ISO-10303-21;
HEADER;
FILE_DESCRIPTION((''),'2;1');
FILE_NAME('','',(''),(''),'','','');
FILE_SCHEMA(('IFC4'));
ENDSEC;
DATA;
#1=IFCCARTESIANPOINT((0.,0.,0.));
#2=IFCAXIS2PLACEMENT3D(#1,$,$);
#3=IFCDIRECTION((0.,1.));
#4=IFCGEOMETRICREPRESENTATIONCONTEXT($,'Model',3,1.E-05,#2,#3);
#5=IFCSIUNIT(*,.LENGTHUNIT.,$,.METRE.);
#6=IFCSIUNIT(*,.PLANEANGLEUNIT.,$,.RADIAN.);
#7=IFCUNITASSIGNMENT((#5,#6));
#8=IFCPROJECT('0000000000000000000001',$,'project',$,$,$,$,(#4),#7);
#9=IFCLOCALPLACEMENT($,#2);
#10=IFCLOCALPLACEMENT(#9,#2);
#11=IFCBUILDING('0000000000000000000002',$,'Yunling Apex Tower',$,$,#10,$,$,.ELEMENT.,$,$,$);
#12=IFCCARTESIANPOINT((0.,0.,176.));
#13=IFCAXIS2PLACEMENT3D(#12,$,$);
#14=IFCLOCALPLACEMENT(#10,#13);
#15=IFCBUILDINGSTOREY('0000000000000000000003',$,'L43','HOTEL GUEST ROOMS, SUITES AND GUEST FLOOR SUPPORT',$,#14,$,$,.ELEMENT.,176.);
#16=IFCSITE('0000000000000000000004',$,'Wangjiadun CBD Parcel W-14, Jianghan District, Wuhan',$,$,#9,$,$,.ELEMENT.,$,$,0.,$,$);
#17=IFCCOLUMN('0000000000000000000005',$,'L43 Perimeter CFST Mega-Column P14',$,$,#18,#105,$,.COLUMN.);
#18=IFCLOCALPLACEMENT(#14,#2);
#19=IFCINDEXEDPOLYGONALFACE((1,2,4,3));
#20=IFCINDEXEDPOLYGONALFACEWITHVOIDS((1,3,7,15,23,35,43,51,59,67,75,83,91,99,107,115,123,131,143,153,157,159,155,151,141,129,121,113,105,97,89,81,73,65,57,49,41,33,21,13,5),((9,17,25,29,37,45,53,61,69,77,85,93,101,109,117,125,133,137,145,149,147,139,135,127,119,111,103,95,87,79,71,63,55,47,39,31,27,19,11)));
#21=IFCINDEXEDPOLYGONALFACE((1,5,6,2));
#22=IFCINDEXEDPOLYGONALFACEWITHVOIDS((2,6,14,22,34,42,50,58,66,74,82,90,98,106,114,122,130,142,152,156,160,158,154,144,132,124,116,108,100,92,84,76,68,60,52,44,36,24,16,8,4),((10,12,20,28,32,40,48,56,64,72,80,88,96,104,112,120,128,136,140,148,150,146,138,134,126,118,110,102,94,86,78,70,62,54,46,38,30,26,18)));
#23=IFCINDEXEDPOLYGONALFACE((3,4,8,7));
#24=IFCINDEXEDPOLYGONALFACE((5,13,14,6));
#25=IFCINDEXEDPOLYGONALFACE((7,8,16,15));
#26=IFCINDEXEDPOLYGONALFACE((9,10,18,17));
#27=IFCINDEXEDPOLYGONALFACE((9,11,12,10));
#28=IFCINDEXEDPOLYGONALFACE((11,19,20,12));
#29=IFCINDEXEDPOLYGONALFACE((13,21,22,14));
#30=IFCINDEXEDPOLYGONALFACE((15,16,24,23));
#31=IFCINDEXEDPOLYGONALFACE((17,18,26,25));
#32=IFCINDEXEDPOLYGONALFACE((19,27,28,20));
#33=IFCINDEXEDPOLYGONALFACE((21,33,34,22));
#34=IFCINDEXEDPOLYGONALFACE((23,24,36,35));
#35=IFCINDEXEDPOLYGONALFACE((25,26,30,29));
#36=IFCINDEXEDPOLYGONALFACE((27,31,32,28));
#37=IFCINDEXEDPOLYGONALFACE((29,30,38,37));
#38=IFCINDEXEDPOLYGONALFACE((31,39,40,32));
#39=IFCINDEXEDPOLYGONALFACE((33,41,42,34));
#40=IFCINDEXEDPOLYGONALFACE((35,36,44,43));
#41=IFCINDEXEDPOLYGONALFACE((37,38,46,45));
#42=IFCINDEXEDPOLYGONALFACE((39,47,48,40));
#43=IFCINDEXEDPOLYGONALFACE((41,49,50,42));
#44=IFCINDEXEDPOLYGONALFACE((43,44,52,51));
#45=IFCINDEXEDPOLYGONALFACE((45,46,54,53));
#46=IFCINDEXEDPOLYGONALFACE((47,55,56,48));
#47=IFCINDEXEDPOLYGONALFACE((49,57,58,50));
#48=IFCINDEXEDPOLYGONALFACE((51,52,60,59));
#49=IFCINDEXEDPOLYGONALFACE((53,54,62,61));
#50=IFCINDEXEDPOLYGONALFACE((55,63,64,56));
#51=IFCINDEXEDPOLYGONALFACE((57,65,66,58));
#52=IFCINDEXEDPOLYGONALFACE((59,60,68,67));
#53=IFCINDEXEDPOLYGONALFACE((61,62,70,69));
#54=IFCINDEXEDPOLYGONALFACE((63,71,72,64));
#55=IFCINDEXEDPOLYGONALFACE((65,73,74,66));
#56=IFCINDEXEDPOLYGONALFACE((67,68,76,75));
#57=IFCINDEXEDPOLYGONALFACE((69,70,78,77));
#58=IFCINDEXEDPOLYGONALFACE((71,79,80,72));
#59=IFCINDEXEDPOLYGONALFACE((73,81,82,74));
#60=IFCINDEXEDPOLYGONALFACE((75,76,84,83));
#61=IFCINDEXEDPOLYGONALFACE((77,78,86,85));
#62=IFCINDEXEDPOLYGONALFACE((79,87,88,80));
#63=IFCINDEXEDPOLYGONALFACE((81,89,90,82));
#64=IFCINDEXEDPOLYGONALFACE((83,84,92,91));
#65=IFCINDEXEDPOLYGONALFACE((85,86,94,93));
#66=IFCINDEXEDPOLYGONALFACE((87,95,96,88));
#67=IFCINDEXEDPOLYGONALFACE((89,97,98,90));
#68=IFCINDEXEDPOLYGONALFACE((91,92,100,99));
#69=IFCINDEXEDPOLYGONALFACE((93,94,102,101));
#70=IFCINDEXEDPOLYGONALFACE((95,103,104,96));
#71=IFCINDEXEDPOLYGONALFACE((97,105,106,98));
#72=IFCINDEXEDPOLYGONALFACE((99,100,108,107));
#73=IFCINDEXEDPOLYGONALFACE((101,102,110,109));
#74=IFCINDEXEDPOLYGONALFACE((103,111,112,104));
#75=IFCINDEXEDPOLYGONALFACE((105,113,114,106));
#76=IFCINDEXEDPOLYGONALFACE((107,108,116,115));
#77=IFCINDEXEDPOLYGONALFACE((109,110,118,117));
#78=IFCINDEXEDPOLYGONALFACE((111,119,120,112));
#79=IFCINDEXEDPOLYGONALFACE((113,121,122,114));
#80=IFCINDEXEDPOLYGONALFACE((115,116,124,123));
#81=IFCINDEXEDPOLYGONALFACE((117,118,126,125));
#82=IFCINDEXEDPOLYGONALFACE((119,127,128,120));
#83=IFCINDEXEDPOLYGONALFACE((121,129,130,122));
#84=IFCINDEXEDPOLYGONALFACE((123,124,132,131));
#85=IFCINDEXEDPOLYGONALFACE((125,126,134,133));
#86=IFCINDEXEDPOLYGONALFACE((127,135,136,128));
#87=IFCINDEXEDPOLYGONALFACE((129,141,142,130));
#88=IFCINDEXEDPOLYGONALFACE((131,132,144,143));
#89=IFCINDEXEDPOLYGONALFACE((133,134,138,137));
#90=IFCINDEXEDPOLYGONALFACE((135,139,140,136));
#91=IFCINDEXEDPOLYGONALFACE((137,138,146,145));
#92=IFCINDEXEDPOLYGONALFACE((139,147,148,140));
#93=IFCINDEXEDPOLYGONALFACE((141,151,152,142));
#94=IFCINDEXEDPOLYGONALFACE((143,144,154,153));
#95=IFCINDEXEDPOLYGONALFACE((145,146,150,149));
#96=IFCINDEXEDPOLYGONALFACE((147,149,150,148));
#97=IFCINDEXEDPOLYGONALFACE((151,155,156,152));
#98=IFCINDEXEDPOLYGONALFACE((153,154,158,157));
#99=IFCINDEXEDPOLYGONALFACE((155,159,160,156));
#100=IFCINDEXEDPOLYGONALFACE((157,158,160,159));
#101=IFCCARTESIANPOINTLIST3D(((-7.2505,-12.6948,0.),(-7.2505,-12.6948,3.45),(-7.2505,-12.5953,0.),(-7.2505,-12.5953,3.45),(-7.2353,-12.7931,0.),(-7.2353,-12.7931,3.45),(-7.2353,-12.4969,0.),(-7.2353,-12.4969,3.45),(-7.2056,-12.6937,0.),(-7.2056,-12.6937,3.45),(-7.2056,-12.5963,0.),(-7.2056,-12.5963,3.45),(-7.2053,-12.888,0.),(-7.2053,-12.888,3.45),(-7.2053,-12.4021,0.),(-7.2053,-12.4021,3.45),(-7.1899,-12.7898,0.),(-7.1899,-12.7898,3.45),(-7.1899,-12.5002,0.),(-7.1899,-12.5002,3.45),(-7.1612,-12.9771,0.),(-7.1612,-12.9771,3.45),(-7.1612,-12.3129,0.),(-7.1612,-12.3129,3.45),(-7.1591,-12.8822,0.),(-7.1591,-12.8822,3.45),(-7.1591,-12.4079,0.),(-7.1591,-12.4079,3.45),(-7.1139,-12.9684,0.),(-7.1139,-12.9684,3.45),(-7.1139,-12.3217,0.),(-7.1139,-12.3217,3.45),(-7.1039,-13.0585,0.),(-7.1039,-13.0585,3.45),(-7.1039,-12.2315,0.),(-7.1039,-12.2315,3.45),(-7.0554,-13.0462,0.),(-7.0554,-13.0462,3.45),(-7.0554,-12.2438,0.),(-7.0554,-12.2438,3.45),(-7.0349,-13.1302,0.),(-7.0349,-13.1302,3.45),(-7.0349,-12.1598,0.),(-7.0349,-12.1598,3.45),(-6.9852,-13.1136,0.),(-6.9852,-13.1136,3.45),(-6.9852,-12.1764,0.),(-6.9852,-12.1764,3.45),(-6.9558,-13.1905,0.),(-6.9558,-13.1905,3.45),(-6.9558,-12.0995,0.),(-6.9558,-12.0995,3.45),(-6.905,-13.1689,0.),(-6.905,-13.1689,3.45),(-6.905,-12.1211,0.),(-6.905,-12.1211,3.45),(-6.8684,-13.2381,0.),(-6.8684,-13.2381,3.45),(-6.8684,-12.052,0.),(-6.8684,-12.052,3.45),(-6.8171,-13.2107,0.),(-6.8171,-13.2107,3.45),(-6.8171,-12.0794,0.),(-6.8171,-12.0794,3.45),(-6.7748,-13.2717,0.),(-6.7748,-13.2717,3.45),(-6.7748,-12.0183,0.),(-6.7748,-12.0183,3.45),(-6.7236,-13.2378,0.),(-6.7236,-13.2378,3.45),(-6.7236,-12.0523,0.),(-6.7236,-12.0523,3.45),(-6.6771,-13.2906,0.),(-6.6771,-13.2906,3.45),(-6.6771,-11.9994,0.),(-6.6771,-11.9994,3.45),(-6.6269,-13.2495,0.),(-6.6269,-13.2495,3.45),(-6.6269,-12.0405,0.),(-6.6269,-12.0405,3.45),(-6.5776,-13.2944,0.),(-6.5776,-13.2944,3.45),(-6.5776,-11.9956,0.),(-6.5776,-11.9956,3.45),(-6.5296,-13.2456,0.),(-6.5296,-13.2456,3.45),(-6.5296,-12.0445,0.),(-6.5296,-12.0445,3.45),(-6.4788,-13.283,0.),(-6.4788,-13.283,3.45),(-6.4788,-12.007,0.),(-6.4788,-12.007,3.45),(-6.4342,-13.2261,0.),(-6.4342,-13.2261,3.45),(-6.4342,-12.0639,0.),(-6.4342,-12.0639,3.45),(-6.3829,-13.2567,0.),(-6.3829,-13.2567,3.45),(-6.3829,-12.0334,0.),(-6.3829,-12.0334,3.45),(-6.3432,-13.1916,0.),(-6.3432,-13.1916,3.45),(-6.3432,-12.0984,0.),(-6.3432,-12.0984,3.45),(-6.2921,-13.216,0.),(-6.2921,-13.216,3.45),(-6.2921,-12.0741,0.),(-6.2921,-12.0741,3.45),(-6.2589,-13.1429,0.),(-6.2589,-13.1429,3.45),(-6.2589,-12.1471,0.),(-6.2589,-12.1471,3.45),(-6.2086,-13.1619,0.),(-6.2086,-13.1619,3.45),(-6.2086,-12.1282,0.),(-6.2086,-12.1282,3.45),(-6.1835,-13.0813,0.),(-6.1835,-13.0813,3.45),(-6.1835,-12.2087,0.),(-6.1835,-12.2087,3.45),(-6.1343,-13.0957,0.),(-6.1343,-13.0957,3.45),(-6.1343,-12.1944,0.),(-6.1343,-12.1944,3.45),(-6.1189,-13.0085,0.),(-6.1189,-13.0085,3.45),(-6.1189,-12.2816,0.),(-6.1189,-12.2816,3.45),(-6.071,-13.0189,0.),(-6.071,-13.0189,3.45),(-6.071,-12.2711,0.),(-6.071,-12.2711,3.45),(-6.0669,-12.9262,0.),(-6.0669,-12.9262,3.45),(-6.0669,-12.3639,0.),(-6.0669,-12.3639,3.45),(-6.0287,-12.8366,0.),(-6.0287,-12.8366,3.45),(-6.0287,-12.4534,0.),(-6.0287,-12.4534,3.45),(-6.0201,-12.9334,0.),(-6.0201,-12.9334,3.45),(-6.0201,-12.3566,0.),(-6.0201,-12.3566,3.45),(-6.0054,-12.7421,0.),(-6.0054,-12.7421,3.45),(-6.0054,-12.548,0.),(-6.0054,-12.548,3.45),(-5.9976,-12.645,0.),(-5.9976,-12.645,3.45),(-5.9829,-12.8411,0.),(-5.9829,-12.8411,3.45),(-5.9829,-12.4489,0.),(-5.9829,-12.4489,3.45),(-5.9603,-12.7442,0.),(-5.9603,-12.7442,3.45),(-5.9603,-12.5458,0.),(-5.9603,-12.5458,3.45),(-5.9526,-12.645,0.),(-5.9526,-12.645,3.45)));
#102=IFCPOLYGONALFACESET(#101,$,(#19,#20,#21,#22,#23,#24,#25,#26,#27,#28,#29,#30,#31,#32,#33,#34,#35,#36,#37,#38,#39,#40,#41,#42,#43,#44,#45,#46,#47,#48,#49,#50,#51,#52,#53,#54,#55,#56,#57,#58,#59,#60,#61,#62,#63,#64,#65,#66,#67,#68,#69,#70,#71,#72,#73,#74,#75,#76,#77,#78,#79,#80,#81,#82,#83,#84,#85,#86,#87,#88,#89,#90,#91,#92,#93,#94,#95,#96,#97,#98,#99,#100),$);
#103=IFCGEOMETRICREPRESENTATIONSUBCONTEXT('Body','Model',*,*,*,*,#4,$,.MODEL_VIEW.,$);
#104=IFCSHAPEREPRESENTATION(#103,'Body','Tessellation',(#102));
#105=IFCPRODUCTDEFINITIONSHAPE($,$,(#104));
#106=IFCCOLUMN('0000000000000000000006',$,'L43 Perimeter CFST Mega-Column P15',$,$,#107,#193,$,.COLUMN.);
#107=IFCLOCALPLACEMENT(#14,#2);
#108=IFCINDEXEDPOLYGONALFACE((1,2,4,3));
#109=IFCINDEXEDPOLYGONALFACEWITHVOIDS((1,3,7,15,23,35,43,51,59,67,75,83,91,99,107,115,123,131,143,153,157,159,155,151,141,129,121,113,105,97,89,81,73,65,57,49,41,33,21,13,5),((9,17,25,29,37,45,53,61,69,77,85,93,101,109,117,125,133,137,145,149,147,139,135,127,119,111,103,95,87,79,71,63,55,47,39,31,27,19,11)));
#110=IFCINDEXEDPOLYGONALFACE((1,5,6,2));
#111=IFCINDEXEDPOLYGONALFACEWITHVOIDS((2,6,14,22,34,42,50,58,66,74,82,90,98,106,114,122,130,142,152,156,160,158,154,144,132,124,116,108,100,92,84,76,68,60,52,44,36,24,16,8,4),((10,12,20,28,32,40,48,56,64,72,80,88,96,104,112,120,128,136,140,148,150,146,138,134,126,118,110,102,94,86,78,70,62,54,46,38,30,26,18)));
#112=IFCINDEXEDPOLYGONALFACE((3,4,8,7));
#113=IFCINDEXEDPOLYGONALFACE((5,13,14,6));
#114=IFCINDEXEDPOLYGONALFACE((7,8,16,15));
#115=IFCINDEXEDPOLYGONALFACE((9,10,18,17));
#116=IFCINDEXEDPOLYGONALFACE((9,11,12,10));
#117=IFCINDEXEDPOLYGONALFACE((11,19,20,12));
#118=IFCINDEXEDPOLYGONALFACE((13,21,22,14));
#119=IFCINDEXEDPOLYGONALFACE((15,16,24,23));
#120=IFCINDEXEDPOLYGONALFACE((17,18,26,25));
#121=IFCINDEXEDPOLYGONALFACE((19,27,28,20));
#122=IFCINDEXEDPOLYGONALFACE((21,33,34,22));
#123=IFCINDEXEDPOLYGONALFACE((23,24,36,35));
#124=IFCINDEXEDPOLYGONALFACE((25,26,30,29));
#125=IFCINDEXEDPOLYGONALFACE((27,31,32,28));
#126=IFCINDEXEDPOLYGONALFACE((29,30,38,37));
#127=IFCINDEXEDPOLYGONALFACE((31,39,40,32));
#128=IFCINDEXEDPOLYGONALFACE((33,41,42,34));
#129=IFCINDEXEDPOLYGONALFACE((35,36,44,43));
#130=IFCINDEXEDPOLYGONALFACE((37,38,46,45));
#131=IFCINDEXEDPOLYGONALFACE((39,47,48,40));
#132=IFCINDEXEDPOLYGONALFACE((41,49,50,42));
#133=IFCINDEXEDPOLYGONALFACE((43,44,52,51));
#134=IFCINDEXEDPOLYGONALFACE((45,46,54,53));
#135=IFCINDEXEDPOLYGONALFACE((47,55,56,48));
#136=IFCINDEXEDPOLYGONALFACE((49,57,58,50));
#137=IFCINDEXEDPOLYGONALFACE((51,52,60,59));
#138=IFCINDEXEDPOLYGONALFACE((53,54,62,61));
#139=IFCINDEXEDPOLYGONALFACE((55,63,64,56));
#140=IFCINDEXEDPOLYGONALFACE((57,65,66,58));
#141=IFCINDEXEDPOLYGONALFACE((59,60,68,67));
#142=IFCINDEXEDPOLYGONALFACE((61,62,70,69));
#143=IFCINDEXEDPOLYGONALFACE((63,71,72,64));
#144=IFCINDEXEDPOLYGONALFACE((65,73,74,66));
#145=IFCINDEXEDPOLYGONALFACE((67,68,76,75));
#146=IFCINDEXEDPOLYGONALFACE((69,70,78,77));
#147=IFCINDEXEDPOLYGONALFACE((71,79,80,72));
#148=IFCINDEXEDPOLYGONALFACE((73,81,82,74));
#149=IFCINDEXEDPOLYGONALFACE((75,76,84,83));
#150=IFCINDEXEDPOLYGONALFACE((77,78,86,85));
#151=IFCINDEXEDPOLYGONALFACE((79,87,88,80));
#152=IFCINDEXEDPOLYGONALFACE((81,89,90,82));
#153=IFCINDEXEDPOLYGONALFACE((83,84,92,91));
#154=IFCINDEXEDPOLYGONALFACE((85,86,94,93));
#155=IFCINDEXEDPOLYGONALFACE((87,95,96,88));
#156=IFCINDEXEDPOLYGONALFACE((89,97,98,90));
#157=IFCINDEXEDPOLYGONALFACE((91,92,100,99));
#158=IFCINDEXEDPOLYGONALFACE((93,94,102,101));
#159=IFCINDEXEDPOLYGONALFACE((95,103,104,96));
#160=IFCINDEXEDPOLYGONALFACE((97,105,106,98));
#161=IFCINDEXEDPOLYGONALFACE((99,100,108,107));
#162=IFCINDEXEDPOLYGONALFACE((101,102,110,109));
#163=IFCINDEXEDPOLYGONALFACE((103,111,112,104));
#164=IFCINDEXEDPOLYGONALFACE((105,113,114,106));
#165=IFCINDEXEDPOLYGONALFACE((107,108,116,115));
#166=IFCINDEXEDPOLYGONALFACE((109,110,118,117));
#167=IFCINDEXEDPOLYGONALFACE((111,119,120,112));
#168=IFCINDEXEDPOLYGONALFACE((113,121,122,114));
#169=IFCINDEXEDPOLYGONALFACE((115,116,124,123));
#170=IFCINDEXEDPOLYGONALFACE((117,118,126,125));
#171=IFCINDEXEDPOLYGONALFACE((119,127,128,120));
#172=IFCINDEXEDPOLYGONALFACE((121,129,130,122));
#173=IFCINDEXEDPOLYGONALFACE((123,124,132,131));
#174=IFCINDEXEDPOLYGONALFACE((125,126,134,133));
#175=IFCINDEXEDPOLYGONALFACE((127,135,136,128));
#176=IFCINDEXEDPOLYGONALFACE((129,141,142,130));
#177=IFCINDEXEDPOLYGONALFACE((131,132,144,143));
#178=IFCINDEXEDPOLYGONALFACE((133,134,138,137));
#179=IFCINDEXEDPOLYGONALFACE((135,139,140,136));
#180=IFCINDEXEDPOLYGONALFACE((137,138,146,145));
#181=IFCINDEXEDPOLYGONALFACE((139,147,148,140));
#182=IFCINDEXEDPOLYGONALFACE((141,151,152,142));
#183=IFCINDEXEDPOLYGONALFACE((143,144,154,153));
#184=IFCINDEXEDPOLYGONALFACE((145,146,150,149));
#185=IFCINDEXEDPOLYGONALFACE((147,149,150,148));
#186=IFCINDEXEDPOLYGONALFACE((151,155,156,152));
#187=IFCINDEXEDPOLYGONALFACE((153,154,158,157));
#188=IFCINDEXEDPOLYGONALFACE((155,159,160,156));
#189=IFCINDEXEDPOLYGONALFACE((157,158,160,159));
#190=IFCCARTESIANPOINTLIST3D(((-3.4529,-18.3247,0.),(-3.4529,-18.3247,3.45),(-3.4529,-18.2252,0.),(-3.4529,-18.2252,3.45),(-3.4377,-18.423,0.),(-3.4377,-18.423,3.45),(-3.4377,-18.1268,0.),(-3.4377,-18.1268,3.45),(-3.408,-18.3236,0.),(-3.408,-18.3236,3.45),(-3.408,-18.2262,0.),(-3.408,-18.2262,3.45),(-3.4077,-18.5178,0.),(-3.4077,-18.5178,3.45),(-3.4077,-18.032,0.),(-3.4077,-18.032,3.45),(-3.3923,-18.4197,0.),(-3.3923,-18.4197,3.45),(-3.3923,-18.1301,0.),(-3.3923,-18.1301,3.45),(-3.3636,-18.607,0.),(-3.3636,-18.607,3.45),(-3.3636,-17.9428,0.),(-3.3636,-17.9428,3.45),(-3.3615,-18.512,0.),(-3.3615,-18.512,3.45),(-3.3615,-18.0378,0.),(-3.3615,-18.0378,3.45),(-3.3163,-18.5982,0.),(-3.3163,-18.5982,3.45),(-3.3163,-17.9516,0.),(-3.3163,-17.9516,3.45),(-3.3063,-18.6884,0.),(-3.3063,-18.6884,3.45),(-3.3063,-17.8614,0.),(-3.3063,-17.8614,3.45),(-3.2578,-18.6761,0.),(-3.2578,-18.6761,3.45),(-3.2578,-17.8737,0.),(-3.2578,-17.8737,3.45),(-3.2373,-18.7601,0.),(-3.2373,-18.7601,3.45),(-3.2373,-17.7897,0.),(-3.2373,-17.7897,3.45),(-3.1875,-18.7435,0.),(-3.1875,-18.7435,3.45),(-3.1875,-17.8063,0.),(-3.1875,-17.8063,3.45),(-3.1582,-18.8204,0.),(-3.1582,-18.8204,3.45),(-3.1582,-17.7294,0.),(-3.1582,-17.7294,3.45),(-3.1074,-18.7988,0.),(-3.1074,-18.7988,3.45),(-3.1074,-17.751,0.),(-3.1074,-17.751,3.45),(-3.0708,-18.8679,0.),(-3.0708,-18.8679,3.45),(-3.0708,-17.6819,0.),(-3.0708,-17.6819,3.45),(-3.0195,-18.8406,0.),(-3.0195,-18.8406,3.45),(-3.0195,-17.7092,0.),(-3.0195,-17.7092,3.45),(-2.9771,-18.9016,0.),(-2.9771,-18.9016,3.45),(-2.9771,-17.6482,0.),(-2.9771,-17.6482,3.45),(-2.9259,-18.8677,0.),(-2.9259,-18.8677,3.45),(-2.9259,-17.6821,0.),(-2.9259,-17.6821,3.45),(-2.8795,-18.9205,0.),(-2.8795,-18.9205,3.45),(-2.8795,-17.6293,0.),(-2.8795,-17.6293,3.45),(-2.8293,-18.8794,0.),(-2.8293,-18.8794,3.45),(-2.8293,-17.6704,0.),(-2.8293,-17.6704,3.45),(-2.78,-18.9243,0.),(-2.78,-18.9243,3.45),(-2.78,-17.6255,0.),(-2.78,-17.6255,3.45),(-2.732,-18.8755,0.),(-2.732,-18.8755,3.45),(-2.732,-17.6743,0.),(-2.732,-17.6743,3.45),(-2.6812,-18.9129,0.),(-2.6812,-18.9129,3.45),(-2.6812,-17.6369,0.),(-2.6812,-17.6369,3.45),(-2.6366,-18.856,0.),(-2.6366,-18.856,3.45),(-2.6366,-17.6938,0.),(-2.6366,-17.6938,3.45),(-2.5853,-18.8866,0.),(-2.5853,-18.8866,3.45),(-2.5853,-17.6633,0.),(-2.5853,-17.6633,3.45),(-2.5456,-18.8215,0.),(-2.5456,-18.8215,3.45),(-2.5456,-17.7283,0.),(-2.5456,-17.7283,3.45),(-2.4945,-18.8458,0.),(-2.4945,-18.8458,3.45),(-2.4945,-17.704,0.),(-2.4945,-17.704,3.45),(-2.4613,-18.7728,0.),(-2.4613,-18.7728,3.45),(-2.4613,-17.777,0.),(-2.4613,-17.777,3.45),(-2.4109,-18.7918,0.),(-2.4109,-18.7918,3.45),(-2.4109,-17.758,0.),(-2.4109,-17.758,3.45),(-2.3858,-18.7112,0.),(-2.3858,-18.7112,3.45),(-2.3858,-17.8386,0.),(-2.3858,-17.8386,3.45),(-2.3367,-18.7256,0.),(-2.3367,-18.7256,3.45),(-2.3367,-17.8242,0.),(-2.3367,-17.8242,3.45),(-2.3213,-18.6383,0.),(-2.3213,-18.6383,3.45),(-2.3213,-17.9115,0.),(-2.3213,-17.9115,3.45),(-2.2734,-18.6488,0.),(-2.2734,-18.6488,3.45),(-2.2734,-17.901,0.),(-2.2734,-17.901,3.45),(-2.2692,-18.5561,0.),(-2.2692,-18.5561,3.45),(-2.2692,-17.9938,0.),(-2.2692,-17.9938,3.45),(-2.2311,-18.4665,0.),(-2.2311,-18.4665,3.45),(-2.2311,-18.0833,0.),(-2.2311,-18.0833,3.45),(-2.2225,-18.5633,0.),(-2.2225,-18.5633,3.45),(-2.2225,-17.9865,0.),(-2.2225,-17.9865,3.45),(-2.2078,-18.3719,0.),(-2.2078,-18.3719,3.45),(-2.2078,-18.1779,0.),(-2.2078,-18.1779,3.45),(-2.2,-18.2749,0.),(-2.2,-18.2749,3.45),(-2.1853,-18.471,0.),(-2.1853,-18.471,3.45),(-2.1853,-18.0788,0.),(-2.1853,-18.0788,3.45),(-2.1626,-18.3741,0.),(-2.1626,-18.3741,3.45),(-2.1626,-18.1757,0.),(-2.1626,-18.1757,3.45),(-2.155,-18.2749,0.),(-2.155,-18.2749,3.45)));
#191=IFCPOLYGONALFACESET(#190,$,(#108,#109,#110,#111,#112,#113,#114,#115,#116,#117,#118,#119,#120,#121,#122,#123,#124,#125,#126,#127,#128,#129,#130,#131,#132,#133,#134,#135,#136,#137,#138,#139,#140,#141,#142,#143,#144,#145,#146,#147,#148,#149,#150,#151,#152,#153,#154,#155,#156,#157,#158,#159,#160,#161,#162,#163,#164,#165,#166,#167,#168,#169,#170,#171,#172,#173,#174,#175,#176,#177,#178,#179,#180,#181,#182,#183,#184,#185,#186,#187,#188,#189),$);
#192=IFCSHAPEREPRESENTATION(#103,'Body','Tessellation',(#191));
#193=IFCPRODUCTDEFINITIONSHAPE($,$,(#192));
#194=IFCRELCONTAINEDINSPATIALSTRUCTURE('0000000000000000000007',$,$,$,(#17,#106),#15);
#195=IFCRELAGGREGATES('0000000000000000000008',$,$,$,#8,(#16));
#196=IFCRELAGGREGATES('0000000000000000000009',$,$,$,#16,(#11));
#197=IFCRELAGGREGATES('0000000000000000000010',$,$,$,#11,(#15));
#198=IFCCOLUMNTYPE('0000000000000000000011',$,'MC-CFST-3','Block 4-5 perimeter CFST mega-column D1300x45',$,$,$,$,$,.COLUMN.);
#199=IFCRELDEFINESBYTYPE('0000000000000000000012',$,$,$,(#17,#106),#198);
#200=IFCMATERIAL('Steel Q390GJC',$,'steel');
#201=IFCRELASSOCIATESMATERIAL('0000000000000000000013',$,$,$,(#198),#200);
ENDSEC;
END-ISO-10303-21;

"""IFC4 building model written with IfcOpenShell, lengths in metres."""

from ifc_helpers import new_model, si_unit, direction, frame, origin, origin_2d, place, context, subcontext, project, spatial, hollow_circle, extrude, source, transform, mapped, material, material_profile, profile_set, type_object, element, save


model = new_model("IFC4")

# Units and contexts
model_context = context("Model", 3, precision=1e-05, world=origin(), true_north=direction((0.0, 1.0)))
body_context = subcontext(model_context, "Body", "Model", "MODEL_VIEW")
ifc_project = project(units=[si_unit("LENGTHUNIT", "METRE"), si_unit("PLANEANGLEUNIT", "RADIAN")], contexts=[model_context])

# Site, building, storey
site_placement = place(None, origin())
site = spatial("IfcSite", under=ifc_project, at=site_placement, Name="Wangjiadun CBD Parcel W-14, Jianghan District, Wuhan", CompositionType="ELEMENT", RefElevation=0.0)
building_placement = place(site_placement, origin())
building = spatial("IfcBuilding", under=site, at=building_placement, Name="Yunling Apex Tower", CompositionType="ELEMENT")
storey_placement = place(building_placement, frame((0.0, 0.0, 176.0)))
storey = spatial("IfcBuildingStorey", under=building, at=storey_placement, Name="L43", Description="HOTEL GUEST ROOMS, SUITES AND GUEST FLOOR SUPPORT", CompositionType="ELEMENT", Elevation=176.0)

# Columns
ifc_material_1 = material(Name="Steel Q390GJC", Category="steel")
ifc_material_profile_1 = material_profile(ifc_material_1, hollow_circle(Radius=0.6499, WallThickness=0.0449, at=origin_2d()))
ifc_profile_set_1 = profile_set([ifc_material_profile_1], Name="Steel Q390GJC")
column_type = type_object("IfcColumnType", Name="MC-CFST-3", Description="Block 4-5 perimeter CFST mega-column D1300x45", PredefinedType="COLUMN", material=ifc_profile_set_1)
shared_shape_1 = source(origin(), body_context, "Body", "SweptSolid", [
    extrude(hollow_circle(Radius=0.6499, WallThickness=0.0449, at=origin_2d()), origin(), (0.0, 0.0, 1.0), 3.45),
])
for number, where, z_axis, x_axis, name in (
    (1, (-6.6025, -12.645, 0.0), (0.0, 0.0, 1.0), (1.0, 0.0, 0.0), "L43 Perimeter CFST Mega-Column P14"),
    (2, (-2.8049, -18.2749, 0.0), (0.0, 0.0, 1.0), (1.0, 0.0, 0.0), "L43 Perimeter CFST Mega-Column P15"),
):
    element("IfcColumn", number, at=place(storey_placement, frame(where, z_axis=z_axis, x_axis=x_axis)), inside=storey, type_object=column_type, Name=name, PredefinedType="COLUMN", context=body_context, shape_type="MappedRepresentation", body=[
        mapped(shared_shape_1, transform((0.0, 0.0, 0.0), scale=1.0)),
    ])

save(model, "model.ifc")
